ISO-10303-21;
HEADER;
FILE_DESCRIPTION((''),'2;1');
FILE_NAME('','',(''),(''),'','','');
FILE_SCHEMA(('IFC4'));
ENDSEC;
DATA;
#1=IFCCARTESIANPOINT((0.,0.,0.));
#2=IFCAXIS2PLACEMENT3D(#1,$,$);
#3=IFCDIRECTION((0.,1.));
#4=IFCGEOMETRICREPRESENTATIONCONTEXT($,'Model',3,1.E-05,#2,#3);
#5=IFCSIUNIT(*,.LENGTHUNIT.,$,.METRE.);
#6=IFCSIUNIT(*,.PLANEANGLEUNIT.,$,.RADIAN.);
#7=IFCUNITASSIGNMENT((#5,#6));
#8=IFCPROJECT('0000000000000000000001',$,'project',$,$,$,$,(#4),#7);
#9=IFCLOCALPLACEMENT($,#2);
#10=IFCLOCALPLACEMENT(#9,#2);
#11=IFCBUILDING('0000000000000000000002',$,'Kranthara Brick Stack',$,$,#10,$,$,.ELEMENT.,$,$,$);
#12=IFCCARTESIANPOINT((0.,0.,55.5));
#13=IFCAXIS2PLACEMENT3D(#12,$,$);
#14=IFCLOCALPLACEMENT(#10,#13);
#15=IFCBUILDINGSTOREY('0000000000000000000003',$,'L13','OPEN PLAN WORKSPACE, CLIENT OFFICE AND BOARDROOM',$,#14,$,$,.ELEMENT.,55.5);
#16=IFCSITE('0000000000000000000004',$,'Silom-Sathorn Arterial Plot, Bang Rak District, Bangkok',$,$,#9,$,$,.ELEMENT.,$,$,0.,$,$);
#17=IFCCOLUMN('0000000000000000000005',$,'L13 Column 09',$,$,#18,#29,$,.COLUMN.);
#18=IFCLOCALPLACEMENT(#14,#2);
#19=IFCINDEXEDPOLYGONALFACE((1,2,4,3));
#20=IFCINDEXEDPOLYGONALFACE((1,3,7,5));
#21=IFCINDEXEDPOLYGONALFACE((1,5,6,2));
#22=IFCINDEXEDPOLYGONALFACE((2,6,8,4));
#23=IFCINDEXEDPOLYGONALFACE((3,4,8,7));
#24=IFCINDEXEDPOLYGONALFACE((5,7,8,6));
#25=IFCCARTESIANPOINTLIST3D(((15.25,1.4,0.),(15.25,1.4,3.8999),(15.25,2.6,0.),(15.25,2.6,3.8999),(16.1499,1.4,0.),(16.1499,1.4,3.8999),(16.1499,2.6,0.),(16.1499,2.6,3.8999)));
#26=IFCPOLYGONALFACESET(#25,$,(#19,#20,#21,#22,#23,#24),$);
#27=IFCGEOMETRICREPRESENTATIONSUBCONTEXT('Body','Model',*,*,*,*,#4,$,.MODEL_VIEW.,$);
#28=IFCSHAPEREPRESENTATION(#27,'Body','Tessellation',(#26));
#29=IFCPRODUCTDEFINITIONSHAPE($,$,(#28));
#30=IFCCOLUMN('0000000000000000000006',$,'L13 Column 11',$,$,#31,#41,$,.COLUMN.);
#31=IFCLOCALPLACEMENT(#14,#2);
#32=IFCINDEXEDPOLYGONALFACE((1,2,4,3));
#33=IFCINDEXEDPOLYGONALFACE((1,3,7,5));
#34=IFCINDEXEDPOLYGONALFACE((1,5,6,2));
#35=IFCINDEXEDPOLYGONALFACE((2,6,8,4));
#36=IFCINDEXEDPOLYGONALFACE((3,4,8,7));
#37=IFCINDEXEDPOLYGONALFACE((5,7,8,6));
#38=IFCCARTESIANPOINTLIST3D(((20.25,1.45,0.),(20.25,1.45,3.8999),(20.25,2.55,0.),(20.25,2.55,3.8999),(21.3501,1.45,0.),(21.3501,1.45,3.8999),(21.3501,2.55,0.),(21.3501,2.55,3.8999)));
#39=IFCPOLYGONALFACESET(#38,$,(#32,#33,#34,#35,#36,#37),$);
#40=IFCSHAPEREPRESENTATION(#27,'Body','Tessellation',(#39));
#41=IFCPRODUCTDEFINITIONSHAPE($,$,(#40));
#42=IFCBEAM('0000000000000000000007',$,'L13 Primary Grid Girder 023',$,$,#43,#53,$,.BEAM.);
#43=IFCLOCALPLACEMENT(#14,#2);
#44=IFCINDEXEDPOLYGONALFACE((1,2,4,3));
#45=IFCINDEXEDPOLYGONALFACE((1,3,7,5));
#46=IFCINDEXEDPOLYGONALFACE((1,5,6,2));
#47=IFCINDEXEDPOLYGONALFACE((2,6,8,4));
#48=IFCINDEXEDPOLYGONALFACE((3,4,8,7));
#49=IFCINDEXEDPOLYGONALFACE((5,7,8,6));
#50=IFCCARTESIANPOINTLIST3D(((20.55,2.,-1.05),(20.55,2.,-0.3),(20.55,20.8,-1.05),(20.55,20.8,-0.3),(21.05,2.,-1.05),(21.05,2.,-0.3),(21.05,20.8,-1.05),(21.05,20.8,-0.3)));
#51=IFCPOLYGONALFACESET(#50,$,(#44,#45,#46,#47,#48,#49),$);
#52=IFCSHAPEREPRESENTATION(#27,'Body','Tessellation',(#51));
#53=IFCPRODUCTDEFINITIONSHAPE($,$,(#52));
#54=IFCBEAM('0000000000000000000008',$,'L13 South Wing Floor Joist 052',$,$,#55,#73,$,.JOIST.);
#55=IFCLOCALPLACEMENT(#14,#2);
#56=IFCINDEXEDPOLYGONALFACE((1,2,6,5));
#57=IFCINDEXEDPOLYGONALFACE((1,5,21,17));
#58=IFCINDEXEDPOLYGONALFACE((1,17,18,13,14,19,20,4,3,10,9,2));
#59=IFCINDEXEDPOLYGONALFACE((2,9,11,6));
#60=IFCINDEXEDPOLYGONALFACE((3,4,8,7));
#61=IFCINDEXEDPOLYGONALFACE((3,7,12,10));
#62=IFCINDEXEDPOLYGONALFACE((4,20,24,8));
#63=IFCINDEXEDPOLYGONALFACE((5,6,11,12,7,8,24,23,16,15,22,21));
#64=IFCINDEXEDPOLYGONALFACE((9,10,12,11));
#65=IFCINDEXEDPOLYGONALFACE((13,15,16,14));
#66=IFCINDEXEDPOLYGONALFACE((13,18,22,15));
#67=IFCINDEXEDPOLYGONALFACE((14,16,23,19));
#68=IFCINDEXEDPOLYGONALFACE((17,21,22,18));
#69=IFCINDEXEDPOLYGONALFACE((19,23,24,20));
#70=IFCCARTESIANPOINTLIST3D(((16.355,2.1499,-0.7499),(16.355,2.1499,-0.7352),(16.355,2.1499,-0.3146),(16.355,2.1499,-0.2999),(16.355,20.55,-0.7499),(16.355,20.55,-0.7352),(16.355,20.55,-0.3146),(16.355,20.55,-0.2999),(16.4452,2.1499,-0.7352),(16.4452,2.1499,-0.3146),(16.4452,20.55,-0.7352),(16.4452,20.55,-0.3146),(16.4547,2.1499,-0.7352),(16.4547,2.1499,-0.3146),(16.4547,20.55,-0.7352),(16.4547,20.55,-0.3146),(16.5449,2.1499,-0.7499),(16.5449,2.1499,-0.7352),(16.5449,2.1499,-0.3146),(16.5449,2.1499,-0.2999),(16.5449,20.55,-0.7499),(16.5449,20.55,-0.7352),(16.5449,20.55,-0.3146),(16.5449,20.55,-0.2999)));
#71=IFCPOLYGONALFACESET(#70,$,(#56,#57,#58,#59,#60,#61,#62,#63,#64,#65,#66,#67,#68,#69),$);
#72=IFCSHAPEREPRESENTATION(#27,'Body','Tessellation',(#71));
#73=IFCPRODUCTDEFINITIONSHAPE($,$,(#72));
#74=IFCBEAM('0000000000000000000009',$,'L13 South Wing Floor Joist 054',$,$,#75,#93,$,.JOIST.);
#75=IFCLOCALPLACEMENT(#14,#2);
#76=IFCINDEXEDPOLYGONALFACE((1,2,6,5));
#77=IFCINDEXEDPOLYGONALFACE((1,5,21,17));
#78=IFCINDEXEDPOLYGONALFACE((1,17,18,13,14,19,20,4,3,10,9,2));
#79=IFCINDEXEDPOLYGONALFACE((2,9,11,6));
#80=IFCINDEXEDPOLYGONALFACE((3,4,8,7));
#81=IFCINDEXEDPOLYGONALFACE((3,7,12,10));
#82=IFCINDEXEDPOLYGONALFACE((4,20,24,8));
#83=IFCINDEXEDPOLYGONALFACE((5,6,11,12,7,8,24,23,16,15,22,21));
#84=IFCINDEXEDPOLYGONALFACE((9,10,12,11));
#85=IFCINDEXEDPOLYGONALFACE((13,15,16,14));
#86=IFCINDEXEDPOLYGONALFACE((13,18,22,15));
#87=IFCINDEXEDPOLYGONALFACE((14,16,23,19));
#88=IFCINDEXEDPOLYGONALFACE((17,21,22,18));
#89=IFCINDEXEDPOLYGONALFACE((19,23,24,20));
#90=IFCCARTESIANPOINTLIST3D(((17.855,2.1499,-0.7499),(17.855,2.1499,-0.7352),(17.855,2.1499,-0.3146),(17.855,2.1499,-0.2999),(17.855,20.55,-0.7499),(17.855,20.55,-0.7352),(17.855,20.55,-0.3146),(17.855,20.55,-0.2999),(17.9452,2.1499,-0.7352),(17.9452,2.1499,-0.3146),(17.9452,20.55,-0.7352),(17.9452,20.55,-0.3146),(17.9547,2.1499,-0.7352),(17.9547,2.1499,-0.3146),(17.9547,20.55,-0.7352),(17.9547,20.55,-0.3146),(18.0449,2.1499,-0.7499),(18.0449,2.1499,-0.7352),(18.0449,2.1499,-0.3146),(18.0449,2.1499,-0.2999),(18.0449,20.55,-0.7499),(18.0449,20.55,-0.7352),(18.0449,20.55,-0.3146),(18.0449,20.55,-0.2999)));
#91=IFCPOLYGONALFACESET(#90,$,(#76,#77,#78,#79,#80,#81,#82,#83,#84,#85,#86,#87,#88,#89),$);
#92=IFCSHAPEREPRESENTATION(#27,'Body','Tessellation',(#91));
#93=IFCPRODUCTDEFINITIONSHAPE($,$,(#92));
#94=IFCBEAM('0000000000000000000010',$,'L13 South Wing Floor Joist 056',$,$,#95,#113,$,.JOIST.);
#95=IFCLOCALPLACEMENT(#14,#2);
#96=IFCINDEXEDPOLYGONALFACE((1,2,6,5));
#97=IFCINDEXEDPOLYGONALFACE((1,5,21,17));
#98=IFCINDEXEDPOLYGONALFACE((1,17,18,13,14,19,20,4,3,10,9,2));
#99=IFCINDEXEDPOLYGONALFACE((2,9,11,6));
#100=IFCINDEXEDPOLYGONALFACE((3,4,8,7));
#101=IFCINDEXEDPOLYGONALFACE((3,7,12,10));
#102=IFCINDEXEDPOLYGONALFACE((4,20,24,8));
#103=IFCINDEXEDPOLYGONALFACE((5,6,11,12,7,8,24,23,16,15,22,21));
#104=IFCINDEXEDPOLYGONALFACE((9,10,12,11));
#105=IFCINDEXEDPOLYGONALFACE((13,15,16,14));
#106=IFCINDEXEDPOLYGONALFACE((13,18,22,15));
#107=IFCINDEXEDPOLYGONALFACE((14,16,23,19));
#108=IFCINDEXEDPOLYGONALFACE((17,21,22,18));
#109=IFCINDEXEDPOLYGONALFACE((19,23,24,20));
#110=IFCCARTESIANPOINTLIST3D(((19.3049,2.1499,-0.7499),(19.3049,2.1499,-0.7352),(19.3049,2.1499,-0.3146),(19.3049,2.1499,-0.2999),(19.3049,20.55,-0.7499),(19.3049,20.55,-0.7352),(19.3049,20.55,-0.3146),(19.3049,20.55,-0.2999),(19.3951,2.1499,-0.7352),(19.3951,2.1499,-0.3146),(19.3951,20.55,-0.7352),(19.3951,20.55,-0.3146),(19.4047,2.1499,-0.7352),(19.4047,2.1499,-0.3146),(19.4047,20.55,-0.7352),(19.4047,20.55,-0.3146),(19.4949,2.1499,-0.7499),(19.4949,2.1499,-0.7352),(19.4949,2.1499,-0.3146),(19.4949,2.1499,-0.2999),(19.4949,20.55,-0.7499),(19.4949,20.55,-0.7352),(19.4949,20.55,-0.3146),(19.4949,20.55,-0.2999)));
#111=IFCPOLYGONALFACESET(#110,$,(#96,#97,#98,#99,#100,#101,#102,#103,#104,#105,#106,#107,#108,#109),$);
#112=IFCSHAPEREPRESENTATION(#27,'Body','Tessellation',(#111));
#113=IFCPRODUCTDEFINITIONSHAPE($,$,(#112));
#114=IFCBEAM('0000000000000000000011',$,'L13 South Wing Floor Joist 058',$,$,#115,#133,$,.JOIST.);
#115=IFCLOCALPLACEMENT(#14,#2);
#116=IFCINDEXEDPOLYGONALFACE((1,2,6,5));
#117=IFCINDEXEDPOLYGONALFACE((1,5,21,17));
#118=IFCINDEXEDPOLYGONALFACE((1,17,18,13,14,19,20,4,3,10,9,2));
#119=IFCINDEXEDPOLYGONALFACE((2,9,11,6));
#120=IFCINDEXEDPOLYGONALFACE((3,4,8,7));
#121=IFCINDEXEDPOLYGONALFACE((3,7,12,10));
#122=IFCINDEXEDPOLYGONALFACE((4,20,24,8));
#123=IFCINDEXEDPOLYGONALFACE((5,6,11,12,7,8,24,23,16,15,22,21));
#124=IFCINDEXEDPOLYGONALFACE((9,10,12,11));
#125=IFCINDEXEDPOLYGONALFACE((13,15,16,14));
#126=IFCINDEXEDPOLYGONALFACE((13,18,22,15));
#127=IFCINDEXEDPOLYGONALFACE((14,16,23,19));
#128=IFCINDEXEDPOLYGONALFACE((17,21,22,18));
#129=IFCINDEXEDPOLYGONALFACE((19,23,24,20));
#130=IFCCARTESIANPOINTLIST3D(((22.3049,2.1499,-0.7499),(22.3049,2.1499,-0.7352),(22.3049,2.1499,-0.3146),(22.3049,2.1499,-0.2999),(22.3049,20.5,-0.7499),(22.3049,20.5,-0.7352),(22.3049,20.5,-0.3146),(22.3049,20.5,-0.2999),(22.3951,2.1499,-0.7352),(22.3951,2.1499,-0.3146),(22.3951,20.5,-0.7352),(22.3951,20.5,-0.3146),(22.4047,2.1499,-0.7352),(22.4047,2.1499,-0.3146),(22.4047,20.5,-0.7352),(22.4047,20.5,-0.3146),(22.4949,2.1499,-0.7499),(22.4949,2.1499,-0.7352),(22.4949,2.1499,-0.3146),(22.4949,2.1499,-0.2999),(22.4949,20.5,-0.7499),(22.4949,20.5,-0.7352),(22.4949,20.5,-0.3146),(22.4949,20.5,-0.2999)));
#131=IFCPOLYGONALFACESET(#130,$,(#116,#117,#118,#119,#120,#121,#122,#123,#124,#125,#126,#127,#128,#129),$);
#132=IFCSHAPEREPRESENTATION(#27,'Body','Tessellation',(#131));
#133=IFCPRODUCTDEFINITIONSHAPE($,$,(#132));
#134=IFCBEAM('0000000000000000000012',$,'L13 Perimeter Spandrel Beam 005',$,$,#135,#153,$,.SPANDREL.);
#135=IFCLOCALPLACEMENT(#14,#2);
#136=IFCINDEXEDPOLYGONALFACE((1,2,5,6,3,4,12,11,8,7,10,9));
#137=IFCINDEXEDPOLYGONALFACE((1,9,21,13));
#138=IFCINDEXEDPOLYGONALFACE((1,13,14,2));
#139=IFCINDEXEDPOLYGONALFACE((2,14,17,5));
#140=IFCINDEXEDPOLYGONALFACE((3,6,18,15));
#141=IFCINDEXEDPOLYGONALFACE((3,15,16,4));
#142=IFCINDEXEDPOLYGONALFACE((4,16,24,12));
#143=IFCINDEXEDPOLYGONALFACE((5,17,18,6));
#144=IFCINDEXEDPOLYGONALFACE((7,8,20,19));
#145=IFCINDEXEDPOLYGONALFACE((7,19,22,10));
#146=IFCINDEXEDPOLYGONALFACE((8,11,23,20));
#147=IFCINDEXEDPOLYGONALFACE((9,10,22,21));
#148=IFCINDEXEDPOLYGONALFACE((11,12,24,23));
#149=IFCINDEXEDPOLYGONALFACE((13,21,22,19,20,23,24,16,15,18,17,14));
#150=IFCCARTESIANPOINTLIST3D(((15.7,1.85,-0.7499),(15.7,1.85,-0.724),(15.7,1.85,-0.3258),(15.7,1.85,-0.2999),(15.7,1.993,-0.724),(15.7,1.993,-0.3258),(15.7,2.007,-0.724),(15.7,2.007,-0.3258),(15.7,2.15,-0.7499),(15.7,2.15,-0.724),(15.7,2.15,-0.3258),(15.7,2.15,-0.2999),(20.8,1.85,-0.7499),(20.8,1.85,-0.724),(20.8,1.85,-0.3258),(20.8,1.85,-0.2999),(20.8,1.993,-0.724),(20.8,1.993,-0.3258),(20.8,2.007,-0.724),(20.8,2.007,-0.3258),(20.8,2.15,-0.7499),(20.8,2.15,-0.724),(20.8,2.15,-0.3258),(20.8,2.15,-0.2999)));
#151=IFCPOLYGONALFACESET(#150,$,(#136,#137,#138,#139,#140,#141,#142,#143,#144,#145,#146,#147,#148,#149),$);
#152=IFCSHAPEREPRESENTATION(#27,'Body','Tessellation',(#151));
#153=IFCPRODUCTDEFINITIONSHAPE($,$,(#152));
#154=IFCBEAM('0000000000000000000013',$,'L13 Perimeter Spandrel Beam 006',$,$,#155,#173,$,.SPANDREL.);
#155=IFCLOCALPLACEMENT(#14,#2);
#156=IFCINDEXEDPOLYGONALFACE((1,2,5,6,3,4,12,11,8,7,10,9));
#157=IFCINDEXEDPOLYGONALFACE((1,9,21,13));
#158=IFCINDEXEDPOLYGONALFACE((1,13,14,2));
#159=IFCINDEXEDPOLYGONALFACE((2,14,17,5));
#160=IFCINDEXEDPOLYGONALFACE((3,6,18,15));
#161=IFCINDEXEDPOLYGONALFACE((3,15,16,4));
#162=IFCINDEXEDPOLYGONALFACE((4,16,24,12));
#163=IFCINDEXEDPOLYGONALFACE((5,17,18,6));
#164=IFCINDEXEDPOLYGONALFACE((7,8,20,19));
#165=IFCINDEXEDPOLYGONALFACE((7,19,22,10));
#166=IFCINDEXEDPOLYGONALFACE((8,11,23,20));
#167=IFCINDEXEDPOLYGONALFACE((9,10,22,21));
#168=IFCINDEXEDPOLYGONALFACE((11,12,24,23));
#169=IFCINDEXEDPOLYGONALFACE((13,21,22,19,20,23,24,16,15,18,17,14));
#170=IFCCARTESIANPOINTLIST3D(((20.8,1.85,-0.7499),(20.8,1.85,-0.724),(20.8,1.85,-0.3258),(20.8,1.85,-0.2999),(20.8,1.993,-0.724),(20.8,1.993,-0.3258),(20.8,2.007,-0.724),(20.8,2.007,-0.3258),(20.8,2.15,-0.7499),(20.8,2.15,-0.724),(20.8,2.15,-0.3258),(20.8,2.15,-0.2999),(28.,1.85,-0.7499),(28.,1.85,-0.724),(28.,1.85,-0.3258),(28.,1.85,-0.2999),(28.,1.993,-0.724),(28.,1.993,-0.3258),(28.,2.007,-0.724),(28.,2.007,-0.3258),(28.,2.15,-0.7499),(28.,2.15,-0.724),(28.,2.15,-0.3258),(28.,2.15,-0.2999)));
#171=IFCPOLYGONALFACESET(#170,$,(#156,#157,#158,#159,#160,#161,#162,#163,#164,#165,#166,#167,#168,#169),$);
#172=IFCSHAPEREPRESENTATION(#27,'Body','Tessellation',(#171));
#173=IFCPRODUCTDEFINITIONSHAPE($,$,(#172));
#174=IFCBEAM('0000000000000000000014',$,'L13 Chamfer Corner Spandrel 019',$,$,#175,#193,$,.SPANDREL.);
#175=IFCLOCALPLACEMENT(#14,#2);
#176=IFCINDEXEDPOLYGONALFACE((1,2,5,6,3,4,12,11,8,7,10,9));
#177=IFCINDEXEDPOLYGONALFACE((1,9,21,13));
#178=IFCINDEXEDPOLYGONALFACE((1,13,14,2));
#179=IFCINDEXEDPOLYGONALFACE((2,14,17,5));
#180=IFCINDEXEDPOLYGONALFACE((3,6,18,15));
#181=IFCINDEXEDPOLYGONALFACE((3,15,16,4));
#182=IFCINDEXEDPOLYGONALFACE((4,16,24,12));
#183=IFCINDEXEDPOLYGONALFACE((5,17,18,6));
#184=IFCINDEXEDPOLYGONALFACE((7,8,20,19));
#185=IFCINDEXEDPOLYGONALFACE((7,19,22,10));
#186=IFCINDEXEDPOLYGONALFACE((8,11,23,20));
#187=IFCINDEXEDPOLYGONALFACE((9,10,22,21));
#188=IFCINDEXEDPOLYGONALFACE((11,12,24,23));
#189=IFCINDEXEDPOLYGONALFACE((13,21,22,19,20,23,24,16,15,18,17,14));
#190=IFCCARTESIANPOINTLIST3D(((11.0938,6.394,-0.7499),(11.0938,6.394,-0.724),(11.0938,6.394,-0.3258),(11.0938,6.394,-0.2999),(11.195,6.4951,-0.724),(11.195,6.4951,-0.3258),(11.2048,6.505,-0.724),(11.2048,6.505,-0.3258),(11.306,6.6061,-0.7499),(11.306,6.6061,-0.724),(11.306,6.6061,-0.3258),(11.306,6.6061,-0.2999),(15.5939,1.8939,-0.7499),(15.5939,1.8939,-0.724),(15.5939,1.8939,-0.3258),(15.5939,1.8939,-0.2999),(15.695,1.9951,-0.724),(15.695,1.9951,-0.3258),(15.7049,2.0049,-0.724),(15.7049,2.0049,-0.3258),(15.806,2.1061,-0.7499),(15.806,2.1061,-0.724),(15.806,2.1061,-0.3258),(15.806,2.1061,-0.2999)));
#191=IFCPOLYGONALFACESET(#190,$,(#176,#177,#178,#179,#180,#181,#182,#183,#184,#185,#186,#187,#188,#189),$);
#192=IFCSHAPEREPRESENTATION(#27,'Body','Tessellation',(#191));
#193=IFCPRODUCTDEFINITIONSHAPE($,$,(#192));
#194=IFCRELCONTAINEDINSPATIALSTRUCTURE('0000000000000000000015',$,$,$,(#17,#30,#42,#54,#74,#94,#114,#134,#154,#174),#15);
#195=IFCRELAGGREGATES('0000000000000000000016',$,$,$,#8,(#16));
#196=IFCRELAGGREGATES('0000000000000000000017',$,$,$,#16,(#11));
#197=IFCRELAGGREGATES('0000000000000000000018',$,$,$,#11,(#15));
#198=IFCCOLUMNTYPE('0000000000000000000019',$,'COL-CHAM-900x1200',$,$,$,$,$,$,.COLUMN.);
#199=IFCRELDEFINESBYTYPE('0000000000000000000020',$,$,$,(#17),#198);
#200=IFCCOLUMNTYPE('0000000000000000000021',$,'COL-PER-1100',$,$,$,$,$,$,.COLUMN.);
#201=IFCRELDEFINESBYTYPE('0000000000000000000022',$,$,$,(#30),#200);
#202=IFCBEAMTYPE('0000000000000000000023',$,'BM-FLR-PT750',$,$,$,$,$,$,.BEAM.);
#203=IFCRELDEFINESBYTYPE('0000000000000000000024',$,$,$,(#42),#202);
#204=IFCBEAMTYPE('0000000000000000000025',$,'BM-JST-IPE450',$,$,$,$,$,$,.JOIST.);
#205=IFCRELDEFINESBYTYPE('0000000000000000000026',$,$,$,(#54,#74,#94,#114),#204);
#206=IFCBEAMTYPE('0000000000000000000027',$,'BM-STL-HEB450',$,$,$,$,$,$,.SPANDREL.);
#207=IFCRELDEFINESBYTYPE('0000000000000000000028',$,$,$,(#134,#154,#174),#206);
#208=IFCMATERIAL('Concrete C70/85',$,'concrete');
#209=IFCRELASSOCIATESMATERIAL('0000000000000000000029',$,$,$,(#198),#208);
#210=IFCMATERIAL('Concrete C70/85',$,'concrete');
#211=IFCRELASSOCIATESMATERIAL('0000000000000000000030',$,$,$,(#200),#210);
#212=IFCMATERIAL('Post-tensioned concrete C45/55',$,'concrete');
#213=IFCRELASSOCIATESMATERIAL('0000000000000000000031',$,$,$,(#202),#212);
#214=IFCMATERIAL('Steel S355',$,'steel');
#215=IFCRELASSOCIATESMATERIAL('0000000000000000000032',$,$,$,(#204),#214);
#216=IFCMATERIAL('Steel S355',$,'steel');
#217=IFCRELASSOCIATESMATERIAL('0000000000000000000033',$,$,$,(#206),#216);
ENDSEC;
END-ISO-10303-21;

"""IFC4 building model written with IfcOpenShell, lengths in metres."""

from ifc_helpers import new_model, si_unit, direction, frame, origin, origin_2d, place, context, subcontext, project, spatial, rectangle, i_section, extrude, material, material_profile, profile_set, type_object, element, save


model = new_model("IFC4")

# Units and contexts
model_context = context("Model", 3, precision=1e-05, world=origin(), true_north=direction((0.0, 1.0)))
body_context = subcontext(model_context, "Body", "Model", "MODEL_VIEW")
ifc_project = project(units=[si_unit("LENGTHUNIT", "METRE"), si_unit("PLANEANGLEUNIT", "RADIAN")], contexts=[model_context])

# Site, building, storey
site_placement = place(None, origin())
site = spatial("IfcSite", under=ifc_project, at=site_placement, Name="Silom-Sathorn Arterial Plot, Bang Rak District, Bangkok", CompositionType="ELEMENT", RefElevation=0.0)
building_placement = place(site_placement, origin())
building = spatial("IfcBuilding", under=site, at=building_placement, Name="Kranthara Brick Stack", CompositionType="ELEMENT")
storey_placement = place(building_placement, frame((0.0, 0.0, 55.5)))
storey = spatial("IfcBuildingStorey", under=building, at=storey_placement, Name="L13", Description="OPEN PLAN WORKSPACE, CLIENT OFFICE AND BOARDROOM", CompositionType="ELEMENT", Elevation=55.5)

# Columns
ifc_material_1 = material(Name="Concrete C70/85", Category="concrete")
ifc_material_profile_1 = material_profile(ifc_material_1, rectangle(XDim=0.8999, YDim=1.2, at=origin_2d()), Name="RC 900x1200")
ifc_profile_set_1 = profile_set([ifc_material_profile_1], Name="Concrete C70/85")
column_type_1 = type_object("IfcColumnType", Name="COL-CHAM-900x1200", PredefinedType="COLUMN", material=ifc_profile_set_1)
column_1_placement = place(storey_placement, frame((15.7, 2.0, 0.0), z_axis=(0.0, 0.0, 1.0), x_axis=(1.0, 0.0, 0.0)))
element("IfcColumn", 1, at=column_1_placement, inside=storey, type_object=column_type_1, Name="L13 Column 09", PredefinedType="COLUMN", context=body_context, shape_type="SweptSolid", body=[
    extrude(rectangle(XDim=0.8999, YDim=1.2, at=origin_2d()), origin(), (0.0, 0.0, 1.0), 3.8999),
])
ifc_material_2 = material(Name="Concrete C70/85", Category="concrete")
ifc_material_profile_2 = material_profile(ifc_material_2, rectangle(XDim=1.1001, YDim=1.1001, at=origin_2d()), Name="RC 1100x1100")
ifc_profile_set_2 = profile_set([ifc_material_profile_2], Name="Concrete C70/85")
column_type_2 = type_object("IfcColumnType", Name="COL-PER-1100", PredefinedType="COLUMN", material=ifc_profile_set_2)
column_2_placement = place(storey_placement, frame((20.8, 2.0, 0.0), z_axis=(0.0, 0.0, 1.0), x_axis=(1.0, 0.0, 0.0)))
element("IfcColumn", 2, at=column_2_placement, inside=storey, type_object=column_type_2, Name="L13 Column 11", PredefinedType="COLUMN", context=body_context, shape_type="SweptSolid", body=[
    extrude(rectangle(XDim=1.1001, YDim=1.1001, at=origin_2d()), origin(), (0.0, 0.0, 1.0), 3.8999),
])

# Beams
ifc_material_3 = material(Name="Post-tensioned concrete C45/55", Category="concrete")
ifc_material_profile_3 = material_profile(ifc_material_3, rectangle(XDim=0.5, YDim=0.75, at=origin_2d()), Name="PT 500x750")
ifc_profile_set_3 = profile_set([ifc_material_profile_3], Name="Post-tensioned concrete C45/55")
beam_type_1 = type_object("IfcBeamType", Name="BM-FLR-PT750", PredefinedType="BEAM", material=ifc_profile_set_3)
beam_1_placement = place(storey_placement, frame((20.8, 2.0, -0.675), z_axis=(0.0, 1.0, 0.0), x_axis=(-1.0, 0.0, 0.0)))
element("IfcBeam", 3, at=beam_1_placement, inside=storey, type_object=beam_type_1, Name="L13 Primary Grid Girder 023", PredefinedType="BEAM", context=body_context, shape_type="SweptSolid", body=[
    extrude(rectangle(XDim=0.5, YDim=0.75, at=origin_2d()), origin(), (0.0, 0.0, 1.0), 18.8),
])
ifc_material_4 = material(Name="Steel S355", Category="steel")
ifc_material_profile_4 = material_profile(ifc_material_4, i_section(OverallWidth=0.1899, OverallDepth=0.45, WebThickness=0.0095, FlangeThickness=0.0146, at=origin_2d()), Name="IPE 450")
ifc_profile_set_4 = profile_set([ifc_material_profile_4], Name="Steel S355")
beam_type_2 = type_object("IfcBeamType", Name="BM-JST-IPE450", PredefinedType="JOIST", material=ifc_profile_set_4)
for number, where, z_axis, x_axis, name in (
    (4, (16.45, 2.1499, -0.5249), (0.0, 1.0, 0.0), (-1.0, 0.0, 0.0), "L13 South Wing Floor Joist 052"),
    (5, (17.95, 2.1499, -0.5249), (0.0, 1.0, 0.0), (-1.0, 0.0, 0.0), "L13 South Wing Floor Joist 054"),
    (6, (19.3999, 2.1499, -0.5249), (0.0, 1.0, 0.0), (-1.0, 0.0, 0.0), "L13 South Wing Floor Joist 056"),
):
    element("IfcBeam", number, at=place(storey_placement, frame(where, z_axis=z_axis, x_axis=x_axis)), inside=storey, type_object=beam_type_2, Name=name, PredefinedType="JOIST", context=body_context, shape_type="SweptSolid", body=[
        extrude(i_section(OverallWidth=0.1899, OverallDepth=0.45, WebThickness=0.0095, FlangeThickness=0.0146, at=origin_2d()), origin(), (0.0, 0.0, 1.0), 18.4001),
    ])
beam_2_placement = place(storey_placement, frame((22.3999, 2.1499, -0.5249), z_axis=(0.0, 1.0, 0.0), x_axis=(-1.0, 0.0, 0.0)))
element("IfcBeam", 7, at=beam_2_placement, inside=storey, type_object=beam_type_2, Name="L13 South Wing Floor Joist 058", PredefinedType="JOIST", context=body_context, shape_type="SweptSolid", body=[
    extrude(i_section(OverallWidth=0.1899, OverallDepth=0.45, WebThickness=0.0095, FlangeThickness=0.0146, at=origin_2d()), origin(), (0.0, 0.0, 1.0), 18.3501),
])
ifc_material_5 = material(Name="Steel S355", Category="steel")
ifc_material_profile_5 = material_profile(ifc_material_5, i_section(OverallWidth=0.3, OverallDepth=0.45, WebThickness=0.0139, FlangeThickness=0.0259, at=origin_2d()), Name="HEB 450")
ifc_profile_set_5 = profile_set([ifc_material_profile_5], Name="Steel S355")
beam_type_3 = type_object("IfcBeamType", Name="BM-STL-HEB450", PredefinedType="SPANDREL", material=ifc_profile_set_5)
beam_3_placement = place(storey_placement, frame((15.7, 2.0, -0.5249), z_axis=(1.0, 0.0, 0.0), x_axis=(0.0, 1.0, 0.0)))
element("IfcBeam", 8, at=beam_3_placement, inside=storey, type_object=beam_type_3, Name="L13 Perimeter Spandrel Beam 005", PredefinedType="SPANDREL", context=body_context, shape_type="SweptSolid", body=[
    extrude(i_section(OverallWidth=0.3, OverallDepth=0.45, WebThickness=0.0139, FlangeThickness=0.0259, at=origin_2d()), origin(), (0.0, 0.0, 1.0), 5.1001),
])
beam_4_placement = place(storey_placement, frame((20.8, 2.0, -0.5249), z_axis=(1.0, 0.0, 0.0), x_axis=(0.0, 1.0, 0.0)))
element("IfcBeam", 9, at=beam_4_placement, inside=storey, type_object=beam_type_3, Name="L13 Perimeter Spandrel Beam 006", PredefinedType="SPANDREL", context=body_context, shape_type="SweptSolid", body=[
    extrude(i_section(OverallWidth=0.3, OverallDepth=0.45, WebThickness=0.0139, FlangeThickness=0.0259, at=origin_2d()), origin(), (0.0, 0.0, 1.0), 7.2),
])
beam_5_placement = place(storey_placement, frame((15.7, 2.0, -0.5249), z_axis=(-0.707107, 0.707107, 0.0), x_axis=(-0.707107, -0.707107, 0.0)))
element("IfcBeam", 10, at=beam_5_placement, inside=storey, type_object=beam_type_3, Name="L13 Chamfer Corner Spandrel 019", PredefinedType="SPANDREL", context=body_context, shape_type="SweptSolid", body=[
    extrude(i_section(OverallWidth=0.3, OverallDepth=0.45, WebThickness=0.0139, FlangeThickness=0.0259, at=origin_2d()), origin(), (0.0, 0.0, 1.0), 6.364),
])

save(model, "model.ifc")
